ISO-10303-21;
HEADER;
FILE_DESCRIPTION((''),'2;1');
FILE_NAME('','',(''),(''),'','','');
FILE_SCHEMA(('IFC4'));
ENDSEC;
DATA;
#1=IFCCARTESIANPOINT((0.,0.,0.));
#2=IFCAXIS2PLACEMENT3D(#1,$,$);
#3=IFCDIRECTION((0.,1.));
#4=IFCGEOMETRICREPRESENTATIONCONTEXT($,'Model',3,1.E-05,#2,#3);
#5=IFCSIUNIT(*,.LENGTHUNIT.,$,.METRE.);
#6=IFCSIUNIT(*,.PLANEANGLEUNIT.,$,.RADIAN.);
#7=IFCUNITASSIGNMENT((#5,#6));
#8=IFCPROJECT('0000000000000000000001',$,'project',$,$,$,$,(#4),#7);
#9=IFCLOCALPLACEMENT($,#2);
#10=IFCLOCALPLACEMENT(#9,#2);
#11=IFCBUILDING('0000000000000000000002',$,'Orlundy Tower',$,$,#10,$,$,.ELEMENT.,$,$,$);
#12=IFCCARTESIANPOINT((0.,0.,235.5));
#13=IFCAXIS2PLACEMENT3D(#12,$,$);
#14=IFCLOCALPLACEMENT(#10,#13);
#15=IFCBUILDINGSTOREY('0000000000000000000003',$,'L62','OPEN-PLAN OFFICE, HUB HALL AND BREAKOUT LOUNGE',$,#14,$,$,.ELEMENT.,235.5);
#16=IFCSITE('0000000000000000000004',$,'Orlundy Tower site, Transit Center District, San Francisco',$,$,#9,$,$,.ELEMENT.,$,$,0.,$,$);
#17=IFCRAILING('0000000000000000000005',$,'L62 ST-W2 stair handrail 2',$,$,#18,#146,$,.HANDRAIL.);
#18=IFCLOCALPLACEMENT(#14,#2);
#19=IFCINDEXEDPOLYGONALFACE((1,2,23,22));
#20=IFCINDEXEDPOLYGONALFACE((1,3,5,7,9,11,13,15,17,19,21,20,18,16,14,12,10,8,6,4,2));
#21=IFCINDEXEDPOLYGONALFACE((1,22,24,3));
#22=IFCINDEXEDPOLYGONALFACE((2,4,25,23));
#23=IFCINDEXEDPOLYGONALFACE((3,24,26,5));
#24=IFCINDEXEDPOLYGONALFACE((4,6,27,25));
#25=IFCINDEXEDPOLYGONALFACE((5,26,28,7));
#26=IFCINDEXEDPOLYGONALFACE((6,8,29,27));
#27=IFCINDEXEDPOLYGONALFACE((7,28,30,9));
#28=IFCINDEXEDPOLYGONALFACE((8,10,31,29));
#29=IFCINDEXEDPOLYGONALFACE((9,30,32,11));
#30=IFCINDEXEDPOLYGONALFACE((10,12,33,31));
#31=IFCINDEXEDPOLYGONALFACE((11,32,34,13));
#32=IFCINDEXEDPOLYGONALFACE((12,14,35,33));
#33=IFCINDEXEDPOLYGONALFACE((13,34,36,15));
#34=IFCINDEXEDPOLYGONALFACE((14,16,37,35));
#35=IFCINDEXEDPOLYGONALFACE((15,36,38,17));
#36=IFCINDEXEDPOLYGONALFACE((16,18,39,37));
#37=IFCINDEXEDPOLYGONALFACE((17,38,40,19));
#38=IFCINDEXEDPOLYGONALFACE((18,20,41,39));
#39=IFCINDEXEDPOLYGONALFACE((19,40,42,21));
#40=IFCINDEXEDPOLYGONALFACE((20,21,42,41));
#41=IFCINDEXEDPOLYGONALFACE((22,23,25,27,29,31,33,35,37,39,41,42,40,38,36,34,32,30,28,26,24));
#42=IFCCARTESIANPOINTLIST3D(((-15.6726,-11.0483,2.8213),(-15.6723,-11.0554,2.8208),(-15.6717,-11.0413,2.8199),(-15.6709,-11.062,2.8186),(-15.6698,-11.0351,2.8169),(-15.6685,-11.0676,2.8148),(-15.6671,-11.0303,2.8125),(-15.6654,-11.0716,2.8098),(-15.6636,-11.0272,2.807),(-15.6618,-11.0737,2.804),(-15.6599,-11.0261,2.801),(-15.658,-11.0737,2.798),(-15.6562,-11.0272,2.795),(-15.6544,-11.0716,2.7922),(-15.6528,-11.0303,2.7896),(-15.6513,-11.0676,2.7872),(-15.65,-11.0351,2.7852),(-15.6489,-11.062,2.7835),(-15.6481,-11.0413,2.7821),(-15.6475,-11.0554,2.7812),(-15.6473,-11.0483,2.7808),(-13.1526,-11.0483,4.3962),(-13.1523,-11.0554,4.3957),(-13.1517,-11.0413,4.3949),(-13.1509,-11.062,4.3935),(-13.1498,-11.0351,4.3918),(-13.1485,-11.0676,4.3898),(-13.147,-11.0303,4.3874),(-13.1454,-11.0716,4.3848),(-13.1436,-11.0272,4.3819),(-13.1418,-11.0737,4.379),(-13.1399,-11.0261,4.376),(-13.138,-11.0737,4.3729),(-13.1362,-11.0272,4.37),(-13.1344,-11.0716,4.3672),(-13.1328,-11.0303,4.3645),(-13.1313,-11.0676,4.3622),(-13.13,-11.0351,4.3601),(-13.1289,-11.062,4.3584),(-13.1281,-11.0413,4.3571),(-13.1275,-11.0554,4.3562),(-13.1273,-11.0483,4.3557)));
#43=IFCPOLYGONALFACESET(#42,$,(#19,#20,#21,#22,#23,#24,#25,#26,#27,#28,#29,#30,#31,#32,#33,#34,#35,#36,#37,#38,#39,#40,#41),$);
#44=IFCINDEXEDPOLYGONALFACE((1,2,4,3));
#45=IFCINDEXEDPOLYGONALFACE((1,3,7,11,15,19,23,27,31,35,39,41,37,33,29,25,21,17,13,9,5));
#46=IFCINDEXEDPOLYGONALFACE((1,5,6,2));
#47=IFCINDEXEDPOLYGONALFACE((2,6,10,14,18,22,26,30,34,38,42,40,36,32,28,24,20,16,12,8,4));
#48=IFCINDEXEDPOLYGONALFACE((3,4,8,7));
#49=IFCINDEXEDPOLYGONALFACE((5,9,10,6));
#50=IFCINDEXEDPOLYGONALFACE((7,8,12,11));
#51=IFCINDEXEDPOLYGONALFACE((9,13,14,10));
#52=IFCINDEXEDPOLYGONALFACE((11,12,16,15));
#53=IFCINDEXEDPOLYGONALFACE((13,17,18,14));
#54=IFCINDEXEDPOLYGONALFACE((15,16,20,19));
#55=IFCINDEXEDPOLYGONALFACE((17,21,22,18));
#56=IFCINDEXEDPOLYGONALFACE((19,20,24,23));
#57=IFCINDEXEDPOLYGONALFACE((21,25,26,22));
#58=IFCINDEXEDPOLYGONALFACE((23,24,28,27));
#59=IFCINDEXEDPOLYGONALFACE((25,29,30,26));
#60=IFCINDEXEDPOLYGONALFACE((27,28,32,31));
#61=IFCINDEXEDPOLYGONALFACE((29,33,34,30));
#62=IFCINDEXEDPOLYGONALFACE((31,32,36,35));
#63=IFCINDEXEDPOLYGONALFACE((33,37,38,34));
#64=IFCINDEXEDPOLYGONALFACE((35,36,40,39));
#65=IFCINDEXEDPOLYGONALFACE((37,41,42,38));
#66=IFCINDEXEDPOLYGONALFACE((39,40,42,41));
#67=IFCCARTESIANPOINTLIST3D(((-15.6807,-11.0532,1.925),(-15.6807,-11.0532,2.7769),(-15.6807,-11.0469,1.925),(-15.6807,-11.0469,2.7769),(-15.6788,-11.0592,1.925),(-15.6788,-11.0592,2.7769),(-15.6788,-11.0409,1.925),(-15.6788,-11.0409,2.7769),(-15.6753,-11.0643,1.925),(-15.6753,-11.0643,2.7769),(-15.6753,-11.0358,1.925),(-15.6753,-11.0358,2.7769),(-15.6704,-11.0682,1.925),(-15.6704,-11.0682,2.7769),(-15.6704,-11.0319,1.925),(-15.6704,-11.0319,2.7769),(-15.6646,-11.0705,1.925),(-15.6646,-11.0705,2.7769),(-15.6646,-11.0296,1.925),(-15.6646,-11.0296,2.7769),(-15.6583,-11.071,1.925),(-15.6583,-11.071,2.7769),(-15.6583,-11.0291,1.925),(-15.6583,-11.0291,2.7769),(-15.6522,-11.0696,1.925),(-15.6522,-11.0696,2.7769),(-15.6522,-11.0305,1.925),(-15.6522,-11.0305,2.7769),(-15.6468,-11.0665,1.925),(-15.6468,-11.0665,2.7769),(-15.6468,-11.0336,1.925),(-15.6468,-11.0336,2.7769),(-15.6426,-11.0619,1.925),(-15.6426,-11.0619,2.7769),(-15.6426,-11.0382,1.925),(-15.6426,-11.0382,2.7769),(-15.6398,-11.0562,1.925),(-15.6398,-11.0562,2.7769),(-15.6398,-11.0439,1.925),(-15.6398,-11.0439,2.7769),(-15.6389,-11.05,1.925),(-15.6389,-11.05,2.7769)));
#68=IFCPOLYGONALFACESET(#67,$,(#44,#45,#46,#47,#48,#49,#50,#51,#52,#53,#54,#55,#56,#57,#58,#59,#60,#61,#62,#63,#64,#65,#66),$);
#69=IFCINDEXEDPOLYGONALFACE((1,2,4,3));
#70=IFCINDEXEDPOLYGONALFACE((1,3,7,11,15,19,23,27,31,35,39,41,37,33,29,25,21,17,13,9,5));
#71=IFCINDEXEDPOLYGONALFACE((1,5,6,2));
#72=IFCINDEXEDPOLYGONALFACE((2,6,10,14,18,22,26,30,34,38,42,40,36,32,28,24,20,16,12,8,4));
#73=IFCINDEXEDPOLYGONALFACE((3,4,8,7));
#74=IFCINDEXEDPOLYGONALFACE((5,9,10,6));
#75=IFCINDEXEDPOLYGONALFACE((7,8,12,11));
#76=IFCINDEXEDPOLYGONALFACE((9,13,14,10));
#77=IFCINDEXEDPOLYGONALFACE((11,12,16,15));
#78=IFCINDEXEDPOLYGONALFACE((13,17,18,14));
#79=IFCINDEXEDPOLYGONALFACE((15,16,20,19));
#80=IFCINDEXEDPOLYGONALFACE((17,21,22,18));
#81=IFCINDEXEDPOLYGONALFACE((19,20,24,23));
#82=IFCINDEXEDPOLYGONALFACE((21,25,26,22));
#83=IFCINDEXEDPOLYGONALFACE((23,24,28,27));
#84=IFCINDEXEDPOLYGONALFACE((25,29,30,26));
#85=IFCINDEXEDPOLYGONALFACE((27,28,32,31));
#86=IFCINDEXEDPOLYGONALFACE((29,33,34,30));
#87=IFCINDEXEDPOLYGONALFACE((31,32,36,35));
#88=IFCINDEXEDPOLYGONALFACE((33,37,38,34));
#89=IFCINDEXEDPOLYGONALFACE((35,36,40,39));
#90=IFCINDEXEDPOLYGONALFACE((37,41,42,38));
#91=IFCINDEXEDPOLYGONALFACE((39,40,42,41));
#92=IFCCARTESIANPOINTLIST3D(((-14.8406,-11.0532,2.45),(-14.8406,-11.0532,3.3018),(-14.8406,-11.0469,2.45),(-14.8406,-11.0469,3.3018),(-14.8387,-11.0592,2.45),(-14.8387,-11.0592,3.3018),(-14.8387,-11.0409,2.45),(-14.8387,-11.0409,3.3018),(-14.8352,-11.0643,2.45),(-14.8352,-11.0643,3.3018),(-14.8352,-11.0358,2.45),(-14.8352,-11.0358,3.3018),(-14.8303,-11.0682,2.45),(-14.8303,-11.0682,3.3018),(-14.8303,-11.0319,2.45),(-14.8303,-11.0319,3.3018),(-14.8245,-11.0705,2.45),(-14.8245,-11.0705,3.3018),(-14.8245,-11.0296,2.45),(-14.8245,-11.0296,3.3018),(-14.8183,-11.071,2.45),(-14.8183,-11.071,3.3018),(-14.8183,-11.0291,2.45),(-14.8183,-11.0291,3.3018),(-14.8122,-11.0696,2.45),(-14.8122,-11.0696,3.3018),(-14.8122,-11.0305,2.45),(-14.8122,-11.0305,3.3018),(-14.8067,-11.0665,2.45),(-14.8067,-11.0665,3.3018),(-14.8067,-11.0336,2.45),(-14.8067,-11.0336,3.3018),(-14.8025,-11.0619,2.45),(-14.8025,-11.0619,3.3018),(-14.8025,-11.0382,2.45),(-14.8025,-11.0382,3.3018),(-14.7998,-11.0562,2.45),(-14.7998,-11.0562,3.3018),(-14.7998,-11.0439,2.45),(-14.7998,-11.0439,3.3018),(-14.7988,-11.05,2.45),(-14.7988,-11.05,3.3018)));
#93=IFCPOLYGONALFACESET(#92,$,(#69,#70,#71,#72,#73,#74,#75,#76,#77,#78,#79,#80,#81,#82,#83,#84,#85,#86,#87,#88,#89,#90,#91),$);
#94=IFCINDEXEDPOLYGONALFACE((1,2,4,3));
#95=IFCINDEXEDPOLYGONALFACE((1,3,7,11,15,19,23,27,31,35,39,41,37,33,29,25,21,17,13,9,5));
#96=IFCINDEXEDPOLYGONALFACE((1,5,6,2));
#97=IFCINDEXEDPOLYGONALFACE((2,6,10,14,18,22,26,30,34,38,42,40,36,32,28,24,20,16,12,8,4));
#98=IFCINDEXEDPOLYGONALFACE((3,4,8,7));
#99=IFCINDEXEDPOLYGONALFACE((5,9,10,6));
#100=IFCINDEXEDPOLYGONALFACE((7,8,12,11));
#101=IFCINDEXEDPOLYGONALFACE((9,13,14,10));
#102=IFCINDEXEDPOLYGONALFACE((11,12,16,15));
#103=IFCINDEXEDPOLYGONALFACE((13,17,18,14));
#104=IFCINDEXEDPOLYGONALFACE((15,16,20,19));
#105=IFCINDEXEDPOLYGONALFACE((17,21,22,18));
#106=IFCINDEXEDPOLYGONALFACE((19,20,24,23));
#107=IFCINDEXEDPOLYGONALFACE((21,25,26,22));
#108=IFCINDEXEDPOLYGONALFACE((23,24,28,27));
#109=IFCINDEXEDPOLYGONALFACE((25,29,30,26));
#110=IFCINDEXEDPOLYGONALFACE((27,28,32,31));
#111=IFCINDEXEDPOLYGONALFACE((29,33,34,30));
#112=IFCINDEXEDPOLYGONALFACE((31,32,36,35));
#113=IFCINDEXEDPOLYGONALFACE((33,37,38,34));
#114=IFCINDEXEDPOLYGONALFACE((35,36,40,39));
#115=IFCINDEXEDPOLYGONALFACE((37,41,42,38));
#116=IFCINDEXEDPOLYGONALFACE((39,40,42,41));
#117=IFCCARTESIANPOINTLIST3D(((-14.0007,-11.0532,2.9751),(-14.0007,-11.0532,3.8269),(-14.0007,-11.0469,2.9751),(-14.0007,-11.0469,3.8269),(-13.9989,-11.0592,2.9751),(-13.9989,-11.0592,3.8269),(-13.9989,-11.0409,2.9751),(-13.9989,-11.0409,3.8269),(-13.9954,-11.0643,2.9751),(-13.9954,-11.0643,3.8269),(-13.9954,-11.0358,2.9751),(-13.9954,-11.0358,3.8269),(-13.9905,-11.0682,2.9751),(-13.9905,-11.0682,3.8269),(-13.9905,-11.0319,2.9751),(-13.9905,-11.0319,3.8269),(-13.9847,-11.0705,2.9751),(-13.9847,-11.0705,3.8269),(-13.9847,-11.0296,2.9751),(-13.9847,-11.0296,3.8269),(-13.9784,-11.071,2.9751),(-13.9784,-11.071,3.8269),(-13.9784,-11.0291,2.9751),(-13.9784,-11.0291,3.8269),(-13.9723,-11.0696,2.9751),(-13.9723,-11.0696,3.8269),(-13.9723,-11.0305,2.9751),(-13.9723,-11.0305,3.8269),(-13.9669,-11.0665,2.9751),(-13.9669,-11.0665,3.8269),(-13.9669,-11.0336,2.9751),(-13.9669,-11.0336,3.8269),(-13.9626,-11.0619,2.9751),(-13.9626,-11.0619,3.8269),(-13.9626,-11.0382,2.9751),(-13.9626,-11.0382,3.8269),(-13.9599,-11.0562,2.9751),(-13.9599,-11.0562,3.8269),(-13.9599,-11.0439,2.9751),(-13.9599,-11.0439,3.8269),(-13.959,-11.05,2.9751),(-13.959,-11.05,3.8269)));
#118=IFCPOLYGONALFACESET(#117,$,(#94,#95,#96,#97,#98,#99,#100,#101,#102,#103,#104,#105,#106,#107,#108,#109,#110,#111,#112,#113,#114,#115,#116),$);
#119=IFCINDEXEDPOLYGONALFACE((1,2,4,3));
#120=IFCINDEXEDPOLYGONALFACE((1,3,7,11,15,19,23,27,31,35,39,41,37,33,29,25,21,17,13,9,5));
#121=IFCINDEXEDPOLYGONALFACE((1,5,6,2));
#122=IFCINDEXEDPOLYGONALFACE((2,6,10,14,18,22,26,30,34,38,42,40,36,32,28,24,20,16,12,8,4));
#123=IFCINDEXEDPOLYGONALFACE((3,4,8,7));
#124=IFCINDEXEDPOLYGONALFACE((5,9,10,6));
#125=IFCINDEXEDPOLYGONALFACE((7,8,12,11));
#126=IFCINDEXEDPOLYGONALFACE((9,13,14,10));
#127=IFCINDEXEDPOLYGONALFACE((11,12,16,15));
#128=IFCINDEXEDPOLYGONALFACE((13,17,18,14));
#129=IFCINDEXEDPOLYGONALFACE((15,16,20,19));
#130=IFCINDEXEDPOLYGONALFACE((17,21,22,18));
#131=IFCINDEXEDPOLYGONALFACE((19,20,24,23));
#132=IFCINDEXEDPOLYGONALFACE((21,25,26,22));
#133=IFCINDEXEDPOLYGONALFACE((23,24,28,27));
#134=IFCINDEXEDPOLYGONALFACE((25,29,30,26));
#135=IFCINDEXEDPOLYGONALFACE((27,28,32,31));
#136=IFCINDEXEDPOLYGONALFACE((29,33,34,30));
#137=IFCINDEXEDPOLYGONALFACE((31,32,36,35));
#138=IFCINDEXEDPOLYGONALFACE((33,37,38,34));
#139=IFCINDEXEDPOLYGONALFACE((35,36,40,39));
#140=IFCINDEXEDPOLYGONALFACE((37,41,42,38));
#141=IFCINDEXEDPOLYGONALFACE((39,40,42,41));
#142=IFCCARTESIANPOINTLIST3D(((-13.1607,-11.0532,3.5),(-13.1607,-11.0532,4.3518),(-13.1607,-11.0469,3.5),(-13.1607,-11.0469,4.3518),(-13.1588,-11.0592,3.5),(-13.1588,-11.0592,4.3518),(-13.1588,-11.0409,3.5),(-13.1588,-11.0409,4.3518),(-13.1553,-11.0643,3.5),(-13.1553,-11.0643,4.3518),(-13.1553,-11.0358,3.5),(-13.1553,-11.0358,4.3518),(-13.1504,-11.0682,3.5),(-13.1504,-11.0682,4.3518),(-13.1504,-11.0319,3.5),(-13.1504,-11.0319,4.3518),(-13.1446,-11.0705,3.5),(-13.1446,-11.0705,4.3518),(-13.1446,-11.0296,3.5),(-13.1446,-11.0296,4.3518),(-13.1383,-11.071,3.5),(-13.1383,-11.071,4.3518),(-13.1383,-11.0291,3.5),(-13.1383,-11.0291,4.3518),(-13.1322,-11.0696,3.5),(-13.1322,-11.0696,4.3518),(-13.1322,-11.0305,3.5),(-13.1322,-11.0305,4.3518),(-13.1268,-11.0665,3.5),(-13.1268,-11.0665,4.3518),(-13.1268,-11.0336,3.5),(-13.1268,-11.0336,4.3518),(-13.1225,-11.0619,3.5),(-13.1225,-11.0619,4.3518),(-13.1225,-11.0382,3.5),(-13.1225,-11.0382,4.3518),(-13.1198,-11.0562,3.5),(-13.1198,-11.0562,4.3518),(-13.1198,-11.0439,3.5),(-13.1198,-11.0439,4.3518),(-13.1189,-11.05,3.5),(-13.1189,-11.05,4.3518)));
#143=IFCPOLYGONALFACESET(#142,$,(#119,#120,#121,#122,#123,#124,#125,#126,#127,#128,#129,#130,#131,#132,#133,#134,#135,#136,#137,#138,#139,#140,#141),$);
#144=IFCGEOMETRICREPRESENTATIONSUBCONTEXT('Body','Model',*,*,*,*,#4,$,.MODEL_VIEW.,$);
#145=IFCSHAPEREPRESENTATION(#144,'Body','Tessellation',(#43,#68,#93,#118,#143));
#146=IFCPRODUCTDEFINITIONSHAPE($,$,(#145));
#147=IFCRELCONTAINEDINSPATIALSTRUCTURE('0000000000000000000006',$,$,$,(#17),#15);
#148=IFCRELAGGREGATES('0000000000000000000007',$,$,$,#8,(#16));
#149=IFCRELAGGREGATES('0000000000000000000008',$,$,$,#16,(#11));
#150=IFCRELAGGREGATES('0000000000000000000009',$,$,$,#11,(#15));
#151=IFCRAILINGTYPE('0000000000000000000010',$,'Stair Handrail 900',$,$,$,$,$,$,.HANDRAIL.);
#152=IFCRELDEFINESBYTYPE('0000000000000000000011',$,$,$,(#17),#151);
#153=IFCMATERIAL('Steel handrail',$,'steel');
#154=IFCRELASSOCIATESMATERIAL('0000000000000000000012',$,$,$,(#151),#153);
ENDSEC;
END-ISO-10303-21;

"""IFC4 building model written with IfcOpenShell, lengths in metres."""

from ifc_helpers import new_model, si_unit, direction, frame, origin, origin_2d, place, context, subcontext, project, spatial, circle, extrude, material, type_object, element, save


model = new_model("IFC4")

# Units and contexts
model_context = context("Model", 3, precision=1e-05, world=origin(), true_north=direction((0.0, 1.0)))
body_context = subcontext(model_context, "Body", "Model", "MODEL_VIEW")
ifc_project = project(units=[si_unit("LENGTHUNIT", "METRE"), si_unit("PLANEANGLEUNIT", "RADIAN")], contexts=[model_context])

# Site, building, storey
site_placement = place(None, origin())
site = spatial("IfcSite", under=ifc_project, at=site_placement, Name="Orlundy Tower site, Transit Center District, San Francisco", CompositionType="ELEMENT", RefElevation=0.0)
building_placement = place(site_placement, origin())
building = spatial("IfcBuilding", under=site, at=building_placement, Name="Orlundy Tower", CompositionType="ELEMENT")
storey_placement = place(building_placement, frame((0.0, 0.0, 235.5)))
storey = spatial("IfcBuildingStorey", under=building, at=storey_placement, Name="L62", Description="OPEN-PLAN OFFICE, HUB HALL AND BREAKOUT LOUNGE", CompositionType="ELEMENT", Elevation=235.5)

# Railing
ifc_material_1 = material(Name="Steel handrail", Category="steel")
railing_type_1 = type_object("IfcRailingType", Name="Stair Handrail 900", PredefinedType="HANDRAIL", material=ifc_material_1)
railing_1_placement = place(storey_placement, frame((-15.6599, -11.05, 1.925)))
element("IfcRailing", 1, at=railing_1_placement, inside=storey, type_object=railing_type_1, Name="L62 ST-W2 stair handrail 2", PredefinedType="HANDRAIL", context=body_context, shape_type="SweptSolid", body=[
    extrude(circle(Radius=0.0239, at=origin_2d()), frame((0.0, 0.0, 0.876), z_axis=(0.848008, 0.0, 0.529984), x_axis=(0.0, 1.0, 0.0)), (0.0, 0.0, 1.0), 2.9717),
    extrude(circle(Radius=0.021, at=origin_2d()), origin(), (0.0, 0.0, 1.0), 0.8518),
    extrude(circle(Radius=0.021, at=origin_2d()), frame((0.8401, 0.0, 0.5249)), (0.0, 0.0, 1.0), 0.8518),
    extrude(circle(Radius=0.021, at=origin_2d()), frame((1.6799, 0.0, 1.05)), (0.0, 0.0, 1.0), 0.8518),
    extrude(circle(Radius=0.021, at=origin_2d()), frame((2.52, 0.0, 1.575)), (0.0, 0.0, 1.0), 0.8518),
])

save(model, "model.ifc")
